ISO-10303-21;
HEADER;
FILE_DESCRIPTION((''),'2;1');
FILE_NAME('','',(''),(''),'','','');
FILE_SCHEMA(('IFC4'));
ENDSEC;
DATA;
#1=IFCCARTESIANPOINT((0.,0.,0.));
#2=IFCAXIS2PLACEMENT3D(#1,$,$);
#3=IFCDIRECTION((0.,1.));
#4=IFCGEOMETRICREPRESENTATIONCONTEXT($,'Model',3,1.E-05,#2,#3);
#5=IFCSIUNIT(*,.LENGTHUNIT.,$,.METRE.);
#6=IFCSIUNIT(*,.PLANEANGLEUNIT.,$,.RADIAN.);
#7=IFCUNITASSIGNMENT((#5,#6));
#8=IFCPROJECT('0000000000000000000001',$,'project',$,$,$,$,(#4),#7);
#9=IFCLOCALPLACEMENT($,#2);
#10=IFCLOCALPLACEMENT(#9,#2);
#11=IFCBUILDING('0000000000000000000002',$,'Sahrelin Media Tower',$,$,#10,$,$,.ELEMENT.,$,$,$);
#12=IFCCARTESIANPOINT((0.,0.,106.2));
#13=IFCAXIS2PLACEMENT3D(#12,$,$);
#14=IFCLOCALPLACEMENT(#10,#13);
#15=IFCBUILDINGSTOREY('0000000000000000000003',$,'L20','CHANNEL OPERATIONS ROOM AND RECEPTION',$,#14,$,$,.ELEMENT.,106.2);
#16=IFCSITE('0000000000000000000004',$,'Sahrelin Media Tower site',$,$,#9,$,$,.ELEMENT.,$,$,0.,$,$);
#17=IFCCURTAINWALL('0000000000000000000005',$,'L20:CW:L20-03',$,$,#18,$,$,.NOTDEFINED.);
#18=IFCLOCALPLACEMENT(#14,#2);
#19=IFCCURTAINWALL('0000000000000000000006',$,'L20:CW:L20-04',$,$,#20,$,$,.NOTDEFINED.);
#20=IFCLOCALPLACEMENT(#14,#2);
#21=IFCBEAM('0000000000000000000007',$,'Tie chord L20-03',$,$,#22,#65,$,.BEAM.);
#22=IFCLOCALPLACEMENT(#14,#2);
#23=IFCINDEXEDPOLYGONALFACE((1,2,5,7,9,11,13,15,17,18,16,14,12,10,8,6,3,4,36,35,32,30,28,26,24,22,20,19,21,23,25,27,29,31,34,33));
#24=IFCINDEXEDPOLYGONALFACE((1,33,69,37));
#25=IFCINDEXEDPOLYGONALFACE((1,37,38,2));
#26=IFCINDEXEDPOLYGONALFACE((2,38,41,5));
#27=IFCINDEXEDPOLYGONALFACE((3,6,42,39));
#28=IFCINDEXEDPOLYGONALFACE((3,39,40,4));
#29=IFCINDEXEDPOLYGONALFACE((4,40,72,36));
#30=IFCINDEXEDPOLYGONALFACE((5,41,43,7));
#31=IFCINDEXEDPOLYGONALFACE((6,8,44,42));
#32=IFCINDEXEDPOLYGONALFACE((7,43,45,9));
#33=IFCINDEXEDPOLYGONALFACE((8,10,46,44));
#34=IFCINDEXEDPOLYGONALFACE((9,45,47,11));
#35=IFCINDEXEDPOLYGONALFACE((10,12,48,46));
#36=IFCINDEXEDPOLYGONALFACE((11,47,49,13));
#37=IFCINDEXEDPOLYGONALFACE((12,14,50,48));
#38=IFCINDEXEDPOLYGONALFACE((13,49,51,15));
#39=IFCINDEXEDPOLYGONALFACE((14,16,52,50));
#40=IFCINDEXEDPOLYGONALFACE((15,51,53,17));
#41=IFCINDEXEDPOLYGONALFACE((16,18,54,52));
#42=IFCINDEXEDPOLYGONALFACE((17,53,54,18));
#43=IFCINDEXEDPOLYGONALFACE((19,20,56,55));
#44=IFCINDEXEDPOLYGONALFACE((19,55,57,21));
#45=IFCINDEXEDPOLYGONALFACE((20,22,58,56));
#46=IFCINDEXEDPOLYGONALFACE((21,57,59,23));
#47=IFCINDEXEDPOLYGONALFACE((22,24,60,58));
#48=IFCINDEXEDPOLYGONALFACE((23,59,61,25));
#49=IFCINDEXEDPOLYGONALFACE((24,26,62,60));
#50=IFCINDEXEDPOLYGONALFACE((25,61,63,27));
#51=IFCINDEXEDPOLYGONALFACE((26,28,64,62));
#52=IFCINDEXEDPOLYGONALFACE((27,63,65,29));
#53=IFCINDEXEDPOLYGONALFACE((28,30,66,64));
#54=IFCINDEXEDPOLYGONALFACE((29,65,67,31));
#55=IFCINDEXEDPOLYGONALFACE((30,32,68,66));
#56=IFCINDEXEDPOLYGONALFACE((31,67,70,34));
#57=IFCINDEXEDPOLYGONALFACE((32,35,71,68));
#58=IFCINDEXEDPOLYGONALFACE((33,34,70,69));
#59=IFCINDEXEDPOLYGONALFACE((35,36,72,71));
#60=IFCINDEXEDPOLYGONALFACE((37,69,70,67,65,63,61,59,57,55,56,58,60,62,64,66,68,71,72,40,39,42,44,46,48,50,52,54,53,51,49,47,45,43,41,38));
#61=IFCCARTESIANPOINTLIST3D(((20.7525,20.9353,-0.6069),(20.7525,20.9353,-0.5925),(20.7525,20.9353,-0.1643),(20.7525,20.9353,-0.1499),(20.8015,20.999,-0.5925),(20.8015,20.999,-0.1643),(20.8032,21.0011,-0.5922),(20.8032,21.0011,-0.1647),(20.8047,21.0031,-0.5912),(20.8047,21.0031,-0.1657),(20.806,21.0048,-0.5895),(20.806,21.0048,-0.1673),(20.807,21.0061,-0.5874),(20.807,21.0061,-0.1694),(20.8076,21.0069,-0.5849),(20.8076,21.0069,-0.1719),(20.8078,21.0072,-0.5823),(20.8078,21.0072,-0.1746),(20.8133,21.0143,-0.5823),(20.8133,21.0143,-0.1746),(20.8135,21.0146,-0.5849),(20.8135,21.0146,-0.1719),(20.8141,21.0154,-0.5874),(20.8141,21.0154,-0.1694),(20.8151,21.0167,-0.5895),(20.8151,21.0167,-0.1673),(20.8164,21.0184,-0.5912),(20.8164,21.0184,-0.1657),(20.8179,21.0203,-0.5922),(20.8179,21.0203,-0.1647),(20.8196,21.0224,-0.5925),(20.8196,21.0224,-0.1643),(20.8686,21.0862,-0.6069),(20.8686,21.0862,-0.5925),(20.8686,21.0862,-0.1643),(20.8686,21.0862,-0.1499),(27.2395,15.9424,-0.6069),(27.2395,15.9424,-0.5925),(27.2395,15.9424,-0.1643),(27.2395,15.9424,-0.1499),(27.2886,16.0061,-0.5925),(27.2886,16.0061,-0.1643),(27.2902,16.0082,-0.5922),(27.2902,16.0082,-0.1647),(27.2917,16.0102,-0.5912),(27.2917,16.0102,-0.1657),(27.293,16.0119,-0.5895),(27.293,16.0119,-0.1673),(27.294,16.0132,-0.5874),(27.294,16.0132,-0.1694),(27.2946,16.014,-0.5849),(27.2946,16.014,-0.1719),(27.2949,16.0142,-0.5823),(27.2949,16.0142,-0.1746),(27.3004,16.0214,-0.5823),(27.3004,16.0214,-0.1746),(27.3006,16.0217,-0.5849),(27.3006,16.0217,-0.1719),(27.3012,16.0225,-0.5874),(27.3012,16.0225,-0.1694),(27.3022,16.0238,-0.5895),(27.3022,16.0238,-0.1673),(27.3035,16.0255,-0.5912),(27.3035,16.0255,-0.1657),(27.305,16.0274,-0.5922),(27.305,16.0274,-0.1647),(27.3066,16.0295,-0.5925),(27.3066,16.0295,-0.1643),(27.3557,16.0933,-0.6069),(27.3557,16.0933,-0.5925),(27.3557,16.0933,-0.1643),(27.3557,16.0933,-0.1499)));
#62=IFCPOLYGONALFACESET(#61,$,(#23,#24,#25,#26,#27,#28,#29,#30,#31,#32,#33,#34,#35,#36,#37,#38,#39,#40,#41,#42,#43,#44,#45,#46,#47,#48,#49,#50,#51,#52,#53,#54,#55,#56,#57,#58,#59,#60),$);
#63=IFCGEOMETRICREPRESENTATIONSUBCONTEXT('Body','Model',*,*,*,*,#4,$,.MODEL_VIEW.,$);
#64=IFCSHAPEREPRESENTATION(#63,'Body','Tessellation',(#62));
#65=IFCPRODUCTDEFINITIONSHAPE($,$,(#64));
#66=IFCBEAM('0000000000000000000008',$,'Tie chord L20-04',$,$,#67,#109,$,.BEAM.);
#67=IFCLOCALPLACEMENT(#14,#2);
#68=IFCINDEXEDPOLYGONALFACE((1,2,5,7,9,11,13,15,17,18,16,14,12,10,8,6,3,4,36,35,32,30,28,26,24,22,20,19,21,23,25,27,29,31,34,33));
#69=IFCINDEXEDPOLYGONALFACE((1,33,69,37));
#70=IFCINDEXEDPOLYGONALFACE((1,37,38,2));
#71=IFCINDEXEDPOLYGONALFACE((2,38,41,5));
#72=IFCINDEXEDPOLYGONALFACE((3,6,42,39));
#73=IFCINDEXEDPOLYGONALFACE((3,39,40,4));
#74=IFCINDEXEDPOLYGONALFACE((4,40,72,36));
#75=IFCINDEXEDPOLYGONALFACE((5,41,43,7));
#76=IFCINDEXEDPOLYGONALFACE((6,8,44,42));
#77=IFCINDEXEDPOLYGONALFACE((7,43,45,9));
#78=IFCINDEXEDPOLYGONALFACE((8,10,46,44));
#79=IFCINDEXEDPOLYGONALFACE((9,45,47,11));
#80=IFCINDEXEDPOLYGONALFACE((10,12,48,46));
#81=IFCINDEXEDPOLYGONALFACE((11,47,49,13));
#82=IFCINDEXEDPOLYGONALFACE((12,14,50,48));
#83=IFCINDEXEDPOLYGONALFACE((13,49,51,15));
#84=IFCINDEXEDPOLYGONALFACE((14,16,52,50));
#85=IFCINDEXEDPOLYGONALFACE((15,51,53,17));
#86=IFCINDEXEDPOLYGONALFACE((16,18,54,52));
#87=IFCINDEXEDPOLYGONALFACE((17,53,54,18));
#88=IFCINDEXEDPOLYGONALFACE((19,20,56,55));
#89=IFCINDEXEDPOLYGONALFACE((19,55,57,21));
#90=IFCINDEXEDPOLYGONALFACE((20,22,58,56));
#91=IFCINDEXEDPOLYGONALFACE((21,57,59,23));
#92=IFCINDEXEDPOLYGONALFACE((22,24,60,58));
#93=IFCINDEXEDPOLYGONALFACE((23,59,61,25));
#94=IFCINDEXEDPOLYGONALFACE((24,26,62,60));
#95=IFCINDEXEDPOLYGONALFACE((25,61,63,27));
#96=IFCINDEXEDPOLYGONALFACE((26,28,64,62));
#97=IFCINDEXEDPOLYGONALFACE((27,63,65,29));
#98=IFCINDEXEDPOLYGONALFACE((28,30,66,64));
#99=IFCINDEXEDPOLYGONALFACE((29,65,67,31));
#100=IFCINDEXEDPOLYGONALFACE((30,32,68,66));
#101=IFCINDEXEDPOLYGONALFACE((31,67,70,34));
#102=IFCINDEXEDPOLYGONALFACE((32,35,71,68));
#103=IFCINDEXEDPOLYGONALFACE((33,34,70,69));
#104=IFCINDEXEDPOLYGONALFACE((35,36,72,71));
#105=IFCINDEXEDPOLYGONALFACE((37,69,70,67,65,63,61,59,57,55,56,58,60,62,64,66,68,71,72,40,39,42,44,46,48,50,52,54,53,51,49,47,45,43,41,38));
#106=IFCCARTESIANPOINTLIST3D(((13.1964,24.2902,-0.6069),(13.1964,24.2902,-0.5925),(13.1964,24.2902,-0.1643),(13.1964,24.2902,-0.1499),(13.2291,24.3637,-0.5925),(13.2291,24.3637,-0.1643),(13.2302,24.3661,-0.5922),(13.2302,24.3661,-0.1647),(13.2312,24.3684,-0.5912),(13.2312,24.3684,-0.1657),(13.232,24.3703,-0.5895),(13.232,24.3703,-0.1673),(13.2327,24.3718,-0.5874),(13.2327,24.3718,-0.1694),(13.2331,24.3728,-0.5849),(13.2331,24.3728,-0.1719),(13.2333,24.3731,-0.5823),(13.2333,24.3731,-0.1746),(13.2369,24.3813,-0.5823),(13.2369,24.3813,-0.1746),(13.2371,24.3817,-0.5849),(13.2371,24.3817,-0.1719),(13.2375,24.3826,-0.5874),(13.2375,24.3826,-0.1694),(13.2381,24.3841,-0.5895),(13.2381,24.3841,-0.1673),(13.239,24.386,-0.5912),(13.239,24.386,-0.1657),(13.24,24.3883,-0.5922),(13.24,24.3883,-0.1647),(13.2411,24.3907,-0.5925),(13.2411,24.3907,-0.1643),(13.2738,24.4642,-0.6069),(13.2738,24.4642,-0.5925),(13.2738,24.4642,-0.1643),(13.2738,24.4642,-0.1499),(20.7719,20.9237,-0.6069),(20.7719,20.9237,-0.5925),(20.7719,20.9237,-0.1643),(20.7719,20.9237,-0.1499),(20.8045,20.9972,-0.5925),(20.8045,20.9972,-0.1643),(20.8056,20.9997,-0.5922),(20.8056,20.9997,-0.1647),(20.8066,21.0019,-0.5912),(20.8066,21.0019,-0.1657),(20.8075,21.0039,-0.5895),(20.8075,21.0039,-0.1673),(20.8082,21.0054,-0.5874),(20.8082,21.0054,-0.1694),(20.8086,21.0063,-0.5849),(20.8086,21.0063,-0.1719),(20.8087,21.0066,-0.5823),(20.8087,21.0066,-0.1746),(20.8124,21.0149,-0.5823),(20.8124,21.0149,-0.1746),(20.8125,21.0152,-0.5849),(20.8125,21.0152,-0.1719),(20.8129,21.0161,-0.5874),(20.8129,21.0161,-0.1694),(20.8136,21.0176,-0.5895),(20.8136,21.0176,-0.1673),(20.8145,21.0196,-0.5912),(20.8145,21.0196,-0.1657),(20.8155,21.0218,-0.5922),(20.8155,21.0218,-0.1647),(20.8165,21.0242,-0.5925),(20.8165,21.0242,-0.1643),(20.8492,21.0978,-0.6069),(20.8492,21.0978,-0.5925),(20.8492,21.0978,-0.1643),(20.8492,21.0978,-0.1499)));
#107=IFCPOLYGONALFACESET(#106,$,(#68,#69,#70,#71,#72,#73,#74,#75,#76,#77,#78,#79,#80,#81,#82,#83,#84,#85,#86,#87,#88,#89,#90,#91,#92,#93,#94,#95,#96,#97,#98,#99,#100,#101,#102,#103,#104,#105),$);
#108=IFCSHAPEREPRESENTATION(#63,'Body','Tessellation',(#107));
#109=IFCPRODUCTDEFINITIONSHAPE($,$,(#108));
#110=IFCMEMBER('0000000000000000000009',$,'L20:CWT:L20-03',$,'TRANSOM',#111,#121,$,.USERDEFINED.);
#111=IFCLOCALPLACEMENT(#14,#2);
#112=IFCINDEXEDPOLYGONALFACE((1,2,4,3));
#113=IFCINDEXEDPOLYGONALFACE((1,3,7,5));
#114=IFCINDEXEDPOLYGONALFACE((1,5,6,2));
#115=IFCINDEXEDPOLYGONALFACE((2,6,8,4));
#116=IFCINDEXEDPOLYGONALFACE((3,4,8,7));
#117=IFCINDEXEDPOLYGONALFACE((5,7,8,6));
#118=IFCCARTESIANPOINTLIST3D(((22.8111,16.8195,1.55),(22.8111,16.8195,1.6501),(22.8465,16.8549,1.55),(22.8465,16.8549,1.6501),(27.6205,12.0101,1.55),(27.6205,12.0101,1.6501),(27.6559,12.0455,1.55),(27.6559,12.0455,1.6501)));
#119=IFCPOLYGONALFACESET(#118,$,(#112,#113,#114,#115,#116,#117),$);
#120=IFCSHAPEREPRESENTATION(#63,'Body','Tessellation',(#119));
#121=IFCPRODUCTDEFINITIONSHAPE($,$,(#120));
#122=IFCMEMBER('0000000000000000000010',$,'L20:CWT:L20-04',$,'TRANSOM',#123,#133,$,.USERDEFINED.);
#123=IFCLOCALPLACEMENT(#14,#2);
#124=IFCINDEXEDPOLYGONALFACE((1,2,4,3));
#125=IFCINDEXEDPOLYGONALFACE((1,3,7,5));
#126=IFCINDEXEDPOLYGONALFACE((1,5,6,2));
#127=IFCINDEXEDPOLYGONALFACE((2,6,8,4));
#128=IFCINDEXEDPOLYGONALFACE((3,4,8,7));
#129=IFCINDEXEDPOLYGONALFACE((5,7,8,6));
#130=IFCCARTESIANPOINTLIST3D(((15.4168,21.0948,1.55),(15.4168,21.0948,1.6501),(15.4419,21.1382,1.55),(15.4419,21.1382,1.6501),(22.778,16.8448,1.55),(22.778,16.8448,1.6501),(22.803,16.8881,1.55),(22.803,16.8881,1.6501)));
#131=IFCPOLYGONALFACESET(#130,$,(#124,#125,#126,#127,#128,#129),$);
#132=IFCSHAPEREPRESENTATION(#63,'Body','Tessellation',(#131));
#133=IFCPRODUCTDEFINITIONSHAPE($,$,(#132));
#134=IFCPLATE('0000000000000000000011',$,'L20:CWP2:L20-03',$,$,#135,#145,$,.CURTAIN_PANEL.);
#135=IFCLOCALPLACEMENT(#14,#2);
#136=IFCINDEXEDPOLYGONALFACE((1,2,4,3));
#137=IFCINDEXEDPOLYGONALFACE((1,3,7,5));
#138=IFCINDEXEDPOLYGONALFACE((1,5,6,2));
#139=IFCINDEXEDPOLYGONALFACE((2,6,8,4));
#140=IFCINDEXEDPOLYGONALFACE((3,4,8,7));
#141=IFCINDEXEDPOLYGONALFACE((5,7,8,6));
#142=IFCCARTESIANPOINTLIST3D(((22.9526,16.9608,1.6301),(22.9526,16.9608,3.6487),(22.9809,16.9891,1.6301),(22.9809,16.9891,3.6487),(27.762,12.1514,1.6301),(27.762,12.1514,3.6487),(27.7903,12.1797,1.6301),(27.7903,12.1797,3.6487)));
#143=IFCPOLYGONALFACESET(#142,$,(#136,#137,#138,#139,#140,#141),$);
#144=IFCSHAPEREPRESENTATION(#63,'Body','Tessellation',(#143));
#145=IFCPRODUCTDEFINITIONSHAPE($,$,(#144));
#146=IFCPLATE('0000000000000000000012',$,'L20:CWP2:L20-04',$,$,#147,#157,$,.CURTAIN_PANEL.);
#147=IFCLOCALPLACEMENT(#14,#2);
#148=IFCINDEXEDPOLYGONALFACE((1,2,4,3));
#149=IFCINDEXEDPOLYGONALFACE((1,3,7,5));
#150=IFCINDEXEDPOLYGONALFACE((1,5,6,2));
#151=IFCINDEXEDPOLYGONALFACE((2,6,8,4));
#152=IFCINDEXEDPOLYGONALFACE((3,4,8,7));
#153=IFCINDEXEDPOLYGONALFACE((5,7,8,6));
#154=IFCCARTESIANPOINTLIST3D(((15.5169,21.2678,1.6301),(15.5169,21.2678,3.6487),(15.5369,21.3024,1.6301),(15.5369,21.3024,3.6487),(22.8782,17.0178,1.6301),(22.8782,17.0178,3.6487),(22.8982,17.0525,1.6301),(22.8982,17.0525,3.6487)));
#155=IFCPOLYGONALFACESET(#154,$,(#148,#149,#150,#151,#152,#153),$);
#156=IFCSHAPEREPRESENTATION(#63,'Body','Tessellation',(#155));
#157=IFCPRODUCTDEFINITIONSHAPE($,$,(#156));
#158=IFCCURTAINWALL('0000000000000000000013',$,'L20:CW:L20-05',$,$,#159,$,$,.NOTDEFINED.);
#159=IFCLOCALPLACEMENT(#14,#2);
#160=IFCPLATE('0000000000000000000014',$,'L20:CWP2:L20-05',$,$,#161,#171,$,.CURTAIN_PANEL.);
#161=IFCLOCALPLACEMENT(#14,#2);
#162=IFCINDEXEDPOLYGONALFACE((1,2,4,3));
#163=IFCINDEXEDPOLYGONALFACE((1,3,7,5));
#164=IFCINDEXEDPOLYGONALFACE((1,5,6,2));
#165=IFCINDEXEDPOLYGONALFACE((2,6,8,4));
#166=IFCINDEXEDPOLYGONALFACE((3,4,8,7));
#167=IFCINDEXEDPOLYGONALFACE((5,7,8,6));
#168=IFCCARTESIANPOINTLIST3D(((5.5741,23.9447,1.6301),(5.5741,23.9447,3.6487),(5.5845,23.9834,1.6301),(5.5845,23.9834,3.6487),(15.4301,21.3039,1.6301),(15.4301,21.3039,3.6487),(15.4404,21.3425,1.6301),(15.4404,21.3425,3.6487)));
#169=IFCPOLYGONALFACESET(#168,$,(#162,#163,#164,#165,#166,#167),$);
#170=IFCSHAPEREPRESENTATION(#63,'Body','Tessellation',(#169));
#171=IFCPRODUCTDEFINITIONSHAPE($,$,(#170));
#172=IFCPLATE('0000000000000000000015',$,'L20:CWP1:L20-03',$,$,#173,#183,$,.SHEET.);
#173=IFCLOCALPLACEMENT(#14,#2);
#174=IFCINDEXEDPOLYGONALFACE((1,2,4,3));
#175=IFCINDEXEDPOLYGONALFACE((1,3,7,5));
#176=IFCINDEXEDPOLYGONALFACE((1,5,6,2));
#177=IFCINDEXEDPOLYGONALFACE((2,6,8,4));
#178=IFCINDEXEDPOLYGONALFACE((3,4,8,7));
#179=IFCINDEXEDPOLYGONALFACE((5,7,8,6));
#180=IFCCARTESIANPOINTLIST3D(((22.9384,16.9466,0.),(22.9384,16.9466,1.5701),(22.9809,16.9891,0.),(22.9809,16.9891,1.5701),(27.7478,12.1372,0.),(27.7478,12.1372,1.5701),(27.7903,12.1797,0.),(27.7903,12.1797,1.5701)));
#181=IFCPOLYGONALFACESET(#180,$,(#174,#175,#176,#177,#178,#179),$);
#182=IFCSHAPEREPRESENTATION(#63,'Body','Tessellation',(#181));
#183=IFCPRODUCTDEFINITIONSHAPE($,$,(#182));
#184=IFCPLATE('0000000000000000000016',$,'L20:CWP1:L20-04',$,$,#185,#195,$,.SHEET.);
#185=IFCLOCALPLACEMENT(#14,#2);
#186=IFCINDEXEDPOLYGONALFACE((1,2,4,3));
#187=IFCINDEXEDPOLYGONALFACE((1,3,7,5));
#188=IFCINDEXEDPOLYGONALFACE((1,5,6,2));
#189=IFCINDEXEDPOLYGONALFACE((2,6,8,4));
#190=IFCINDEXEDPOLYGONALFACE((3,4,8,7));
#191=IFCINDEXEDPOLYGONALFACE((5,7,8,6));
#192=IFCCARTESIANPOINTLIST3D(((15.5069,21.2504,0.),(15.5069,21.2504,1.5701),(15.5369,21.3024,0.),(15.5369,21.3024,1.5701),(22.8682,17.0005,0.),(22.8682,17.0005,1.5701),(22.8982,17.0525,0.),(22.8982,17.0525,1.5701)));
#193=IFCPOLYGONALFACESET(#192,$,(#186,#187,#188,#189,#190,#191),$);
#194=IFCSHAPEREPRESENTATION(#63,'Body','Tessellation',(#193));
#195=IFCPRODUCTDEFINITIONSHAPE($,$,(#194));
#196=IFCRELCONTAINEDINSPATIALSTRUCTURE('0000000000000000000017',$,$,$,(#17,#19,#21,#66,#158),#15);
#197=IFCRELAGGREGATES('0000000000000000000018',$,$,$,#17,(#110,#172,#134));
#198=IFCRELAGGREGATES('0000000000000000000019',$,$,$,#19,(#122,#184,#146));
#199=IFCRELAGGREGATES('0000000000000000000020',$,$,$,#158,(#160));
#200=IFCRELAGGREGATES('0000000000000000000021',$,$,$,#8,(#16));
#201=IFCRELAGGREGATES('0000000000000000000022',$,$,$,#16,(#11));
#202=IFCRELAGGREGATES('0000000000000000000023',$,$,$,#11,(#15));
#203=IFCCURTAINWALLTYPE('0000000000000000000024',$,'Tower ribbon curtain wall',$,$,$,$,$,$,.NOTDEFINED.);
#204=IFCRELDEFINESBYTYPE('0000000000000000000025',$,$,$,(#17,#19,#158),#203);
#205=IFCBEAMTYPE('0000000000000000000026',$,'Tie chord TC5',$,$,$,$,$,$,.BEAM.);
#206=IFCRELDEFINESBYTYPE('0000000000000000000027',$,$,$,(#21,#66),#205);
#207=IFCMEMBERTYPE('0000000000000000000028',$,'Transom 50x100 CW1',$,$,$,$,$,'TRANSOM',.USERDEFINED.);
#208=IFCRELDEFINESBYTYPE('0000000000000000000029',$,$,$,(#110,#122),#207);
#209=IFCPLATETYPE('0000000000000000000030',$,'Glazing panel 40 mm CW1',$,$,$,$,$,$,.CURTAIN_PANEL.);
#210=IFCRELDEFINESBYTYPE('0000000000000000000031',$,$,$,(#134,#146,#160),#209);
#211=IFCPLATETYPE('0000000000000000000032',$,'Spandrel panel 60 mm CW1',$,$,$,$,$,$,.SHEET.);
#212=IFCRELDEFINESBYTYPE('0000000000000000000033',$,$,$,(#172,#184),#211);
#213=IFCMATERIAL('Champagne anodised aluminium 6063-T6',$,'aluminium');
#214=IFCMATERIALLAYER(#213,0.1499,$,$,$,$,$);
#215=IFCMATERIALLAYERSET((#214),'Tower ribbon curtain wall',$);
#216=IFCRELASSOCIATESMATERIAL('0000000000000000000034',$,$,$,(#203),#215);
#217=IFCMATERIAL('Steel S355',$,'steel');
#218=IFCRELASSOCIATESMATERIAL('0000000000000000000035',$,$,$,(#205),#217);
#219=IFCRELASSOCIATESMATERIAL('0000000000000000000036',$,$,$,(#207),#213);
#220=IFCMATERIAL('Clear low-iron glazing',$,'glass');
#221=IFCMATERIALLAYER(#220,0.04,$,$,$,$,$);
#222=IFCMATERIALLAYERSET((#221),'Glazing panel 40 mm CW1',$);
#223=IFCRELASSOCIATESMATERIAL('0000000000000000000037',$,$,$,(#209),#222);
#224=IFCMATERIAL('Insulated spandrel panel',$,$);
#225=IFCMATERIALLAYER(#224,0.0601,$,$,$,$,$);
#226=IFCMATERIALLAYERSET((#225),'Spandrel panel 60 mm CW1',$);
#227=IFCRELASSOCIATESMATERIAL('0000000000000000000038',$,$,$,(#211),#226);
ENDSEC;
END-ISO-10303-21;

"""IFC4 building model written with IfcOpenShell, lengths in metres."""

from ifc_helpers import new_model, si_unit, direction, frame, origin, origin_2d, place, context, subcontext, project, spatial, polyline, rectangle, i_section, outline, extrude, material, layer, layer_set, material_profile, profile_set, type_object, element, aggregate, save


model = new_model("IFC4")

# Units and contexts
model_context = context("Model", 3, precision=1e-05, world=origin(), true_north=direction((0.0, 1.0)))
body_context = subcontext(model_context, "Body", "Model", "MODEL_VIEW")
ifc_project = project(units=[si_unit("LENGTHUNIT", "METRE"), si_unit("PLANEANGLEUNIT", "RADIAN")], contexts=[model_context])

# Site, building, storey
site_placement = place(None, origin())
site = spatial("IfcSite", under=ifc_project, at=site_placement, Name="Sahrelin Media Tower site", CompositionType="ELEMENT", RefElevation=0.0)
building_placement = place(site_placement, origin())
building = spatial("IfcBuilding", under=site, at=building_placement, Name="Sahrelin Media Tower", CompositionType="ELEMENT")
storey_placement = place(building_placement, frame((0.0, 0.0, 106.2)))
storey = spatial("IfcBuildingStorey", under=building, at=storey_placement, Name="L20", Description="CHANNEL OPERATIONS ROOM AND RECEPTION", CompositionType="ELEMENT", Elevation=106.2)

# Shared definitions
ifc_material_1 = material(Name="Steel S355", Category="steel")

# Curtain walls
ifc_material_2 = material(Name="Champagne anodised aluminium 6063-T6", Category="aluminium")
ifc_layer_1 = layer(ifc_material_2, 0.1499)
ifc_layer_set_1 = layer_set([ifc_layer_1], Name="Tower ribbon curtain wall")
curtain_wall_type = type_object("IfcCurtainWallType", Name="Tower ribbon curtain wall", PredefinedType="NOTDEFINED", material=ifc_layer_set_1)
curtain_wall_1_placement = place(storey_placement, frame((25.3713, 14.5703, 0.0), z_axis=(0.0, 0.0, 1.0), x_axis=(1.0, 0.0, 0.0)))
curtain_wall_1 = element("IfcCurtainWall", 1, at=curtain_wall_1_placement, inside=storey, type_object=curtain_wall_type, Name="L20:CW:L20-03", PredefinedType="NOTDEFINED")
curtain_wall_2_placement = place(storey_placement, frame((19.2075, 19.1604, 0.0), z_axis=(0.0, 0.0, 1.0), x_axis=(1.0, 0.0, 0.0)))
curtain_wall_2 = element("IfcCurtainWall", 2, at=curtain_wall_2_placement, inside=storey, type_object=curtain_wall_type, Name="L20:CW:L20-04", PredefinedType="NOTDEFINED")

# Beams
ifc_material_profile_1 = material_profile(ifc_material_1, i_section(OverallWidth=0.1904, OverallDepth=0.457, WebThickness=0.009, FlangeThickness=0.0144, FilletRadius=0.0103, at=origin_2d()), Name="UB 457x191x74")
ifc_profile_set_1 = profile_set([ifc_material_profile_1], Name="Steel S355")
beam_type_1 = type_object("IfcBeamType", Name="Tie chord TC5", PredefinedType="BEAM", material=ifc_profile_set_1)
beam_1_placement = place(storey_placement, frame((27.2976, 16.0178, -0.3784), z_axis=(-0.792454, 0.609931, 0.0), x_axis=(-0.609931, -0.792454, 0.0)))
element("IfcBeam", 3, at=beam_1_placement, inside=storey, type_object=beam_type_1, Name="Tie chord L20-03", PredefinedType="BEAM", context=body_context, shape_type="SweptSolid", body=[
    extrude(i_section(OverallWidth=0.1904, OverallDepth=0.457, WebThickness=0.009, FlangeThickness=0.0144, FilletRadius=0.0103, at=origin_2d()), origin(), (0.0, 0.0, 1.0), 8.186),
])
beam_2_placement = place(storey_placement, frame((20.8105, 21.0107, -0.3784), z_axis=(-0.91383, 0.406097, 0.0), x_axis=(-0.406097, -0.91383, 0.0)))
element("IfcBeam", 4, at=beam_2_placement, inside=storey, type_object=beam_type_1, Name="Tie chord L20-04", PredefinedType="BEAM", context=body_context, shape_type="SweptSolid", body=[
    extrude(i_section(OverallWidth=0.1904, OverallDepth=0.457, WebThickness=0.009, FlangeThickness=0.0144, FilletRadius=0.0103, at=origin_2d()), origin(), (0.0, 0.0, 1.0), 8.2898),
])

# Members
ifc_material_profile_2 = material_profile(ifc_material_2, rectangle(XDim=0.05, YDim=0.1001, at=origin_2d()), Name="Transom 50x100")
ifc_profile_set_2 = profile_set([ifc_material_profile_2], Name="Champagne anodised aluminium 6063-T6")
member_type_1 = type_object("IfcMemberType", Name="Transom 50x100 CW1", ElementType="TRANSOM", PredefinedType="USERDEFINED", material=ifc_profile_set_2)
member_1_placement = place(storey_placement, frame((27.6382, 12.0278, 1.6001), z_axis=(-0.707107, 0.707107, 0.0), x_axis=(-0.707107, -0.707107, 0.0)))
member_1 = element("IfcMember", 5, at=member_1_placement, type_object=member_type_1, Name="L20:CWT:L20-03", ObjectType="TRANSOM", PredefinedType="USERDEFINED", context=body_context, shape_type="SweptSolid", body=[
    extrude(rectangle(XDim=0.05, YDim=0.1001, at=origin_2d()), origin(), (0.0, 0.0, 1.0), 6.8015),
])
member_2_placement = place(storey_placement, frame((22.7905, 16.8665, 1.6001), z_axis=(-0.866022, 0.500007, 0.0), x_axis=(-0.500007, -0.866022, 0.0)))
member_2 = element("IfcMember", 6, at=member_2_placement, type_object=member_type_1, Name="L20:CWT:L20-04", ObjectType="TRANSOM", PredefinedType="USERDEFINED", context=body_context, shape_type="SweptSolid", body=[
    extrude(rectangle(XDim=0.05, YDim=0.1001, at=origin_2d()), origin(), (0.0, 0.0, 1.0), 8.5),
])

# Plates
ifc_material_3 = material(Name="Clear low-iron glazing", Category="glass")
ifc_layer_2 = layer(ifc_material_3, 0.04)
ifc_layer_set_2 = layer_set([ifc_layer_2], Name="Glazing panel 40 mm CW1")
plate_type_1 = type_object("IfcPlateType", Name="Glazing panel 40 mm CW1", PredefinedType="CURTAIN_PANEL", material=ifc_layer_set_2)
plate_1_placement = place(storey_placement, frame((27.7903, 12.1797, 1.6301), z_axis=(0.707107, 0.707107, 0.0), x_axis=(-0.707107, 0.707107, 0.0)))
plate_1 = element("IfcPlate", 7, at=plate_1_placement, type_object=plate_type_1, Name="L20:CWP2:L20-03", PredefinedType="CURTAIN_PANEL", context=body_context, shape_type="SweptSolid", body=[
    extrude(outline(polyline([(0.0, 0.0), (6.8015, 0.0), (6.8015, 2.0186), (0.0, 2.0186), (0.0, 0.0)])), origin(), (0.0, 0.0, -1.0), 0.04),
])
plate_2_placement = place(storey_placement, frame((22.8982, 17.0525, 1.6301), z_axis=(0.499994, 0.866029, 0.0), x_axis=(-0.866029, 0.499994, 0.0)))
plate_2 = element("IfcPlate", 8, at=plate_2_placement, type_object=plate_type_1, Name="L20:CWP2:L20-04", PredefinedType="CURTAIN_PANEL", context=body_context, shape_type="SweptSolid", body=[
    extrude(outline(polyline([(0.0, 0.0), (8.5, 0.0), (8.5, 2.0186), (0.0, 2.0186), (0.0, 0.0)])), origin(), (0.0, 0.0, -1.0), 0.04),
])

# Curtain wall, plate
curtain_wall_3_placement = place(storey_placement, frame((10.5073, 22.6438, 0.0), z_axis=(0.0, 0.0, 1.0), x_axis=(1.0, 0.0, 0.0)))
curtain_wall_3 = element("IfcCurtainWall", 9, at=curtain_wall_3_placement, inside=storey, type_object=curtain_wall_type, Name="L20:CW:L20-05", PredefinedType="NOTDEFINED")
plate_3_placement = place(storey_placement, frame((15.4404, 21.3425, 1.6301), z_axis=(0.258817, 0.965926, 0.0), x_axis=(-0.965926, 0.258817, 0.0)))
plate_3 = element("IfcPlate", 10, at=plate_3_placement, type_object=plate_type_1, Name="L20:CWP2:L20-05", PredefinedType="CURTAIN_PANEL", context=body_context, shape_type="SweptSolid", body=[
    extrude(outline(polyline([(0.0, 0.0), (10.2036, 0.0), (10.2036, 2.0186), (0.0, 2.0186), (0.0, 0.0)])), origin(), (0.0, 0.0, -1.0), 0.04),
])

# Plates
ifc_material_4 = material(Name="Insulated spandrel panel")
ifc_layer_3 = layer(ifc_material_4, 0.0601)
ifc_layer_set_3 = layer_set([ifc_layer_3], Name="Spandrel panel 60 mm CW1")
plate_type_2 = type_object("IfcPlateType", Name="Spandrel panel 60 mm CW1", PredefinedType="SHEET", material=ifc_layer_set_3)
plate_4_placement = place(storey_placement, frame((27.7903, 12.1797, 0.0), z_axis=(0.707107, 0.707107, 0.0), x_axis=(-0.707107, 0.707107, 0.0)))
plate_4 = element("IfcPlate", 11, at=plate_4_placement, type_object=plate_type_2, Name="L20:CWP1:L20-03", PredefinedType="SHEET", context=body_context, shape_type="SweptSolid", body=[
    extrude(outline(polyline([(0.0, 0.0), (6.8015, 0.0), (6.8015, 1.5701), (0.0, 1.5701), (0.0, 0.0)])), origin(), (0.0, 0.0, -1.0), 0.0601),
])
aggregate(curtain_wall_1, [member_1, plate_4, plate_1])
plate_5_placement = place(storey_placement, frame((22.8982, 17.0525, 0.0), z_axis=(0.499994, 0.866029, 0.0), x_axis=(-0.866029, 0.499994, 0.0)))
plate_5 = element("IfcPlate", 12, at=plate_5_placement, type_object=plate_type_2, Name="L20:CWP1:L20-04", PredefinedType="SHEET", context=body_context, shape_type="SweptSolid", body=[
    extrude(outline(polyline([(0.0, 0.0), (8.5, 0.0), (8.5, 1.5701), (0.0, 1.5701), (0.0, 0.0)])), origin(), (0.0, 0.0, -1.0), 0.0601),
])
aggregate(curtain_wall_2, [member_2, plate_5, plate_2])
aggregate(curtain_wall_3, [plate_3])

save(model, "model.ifc")
